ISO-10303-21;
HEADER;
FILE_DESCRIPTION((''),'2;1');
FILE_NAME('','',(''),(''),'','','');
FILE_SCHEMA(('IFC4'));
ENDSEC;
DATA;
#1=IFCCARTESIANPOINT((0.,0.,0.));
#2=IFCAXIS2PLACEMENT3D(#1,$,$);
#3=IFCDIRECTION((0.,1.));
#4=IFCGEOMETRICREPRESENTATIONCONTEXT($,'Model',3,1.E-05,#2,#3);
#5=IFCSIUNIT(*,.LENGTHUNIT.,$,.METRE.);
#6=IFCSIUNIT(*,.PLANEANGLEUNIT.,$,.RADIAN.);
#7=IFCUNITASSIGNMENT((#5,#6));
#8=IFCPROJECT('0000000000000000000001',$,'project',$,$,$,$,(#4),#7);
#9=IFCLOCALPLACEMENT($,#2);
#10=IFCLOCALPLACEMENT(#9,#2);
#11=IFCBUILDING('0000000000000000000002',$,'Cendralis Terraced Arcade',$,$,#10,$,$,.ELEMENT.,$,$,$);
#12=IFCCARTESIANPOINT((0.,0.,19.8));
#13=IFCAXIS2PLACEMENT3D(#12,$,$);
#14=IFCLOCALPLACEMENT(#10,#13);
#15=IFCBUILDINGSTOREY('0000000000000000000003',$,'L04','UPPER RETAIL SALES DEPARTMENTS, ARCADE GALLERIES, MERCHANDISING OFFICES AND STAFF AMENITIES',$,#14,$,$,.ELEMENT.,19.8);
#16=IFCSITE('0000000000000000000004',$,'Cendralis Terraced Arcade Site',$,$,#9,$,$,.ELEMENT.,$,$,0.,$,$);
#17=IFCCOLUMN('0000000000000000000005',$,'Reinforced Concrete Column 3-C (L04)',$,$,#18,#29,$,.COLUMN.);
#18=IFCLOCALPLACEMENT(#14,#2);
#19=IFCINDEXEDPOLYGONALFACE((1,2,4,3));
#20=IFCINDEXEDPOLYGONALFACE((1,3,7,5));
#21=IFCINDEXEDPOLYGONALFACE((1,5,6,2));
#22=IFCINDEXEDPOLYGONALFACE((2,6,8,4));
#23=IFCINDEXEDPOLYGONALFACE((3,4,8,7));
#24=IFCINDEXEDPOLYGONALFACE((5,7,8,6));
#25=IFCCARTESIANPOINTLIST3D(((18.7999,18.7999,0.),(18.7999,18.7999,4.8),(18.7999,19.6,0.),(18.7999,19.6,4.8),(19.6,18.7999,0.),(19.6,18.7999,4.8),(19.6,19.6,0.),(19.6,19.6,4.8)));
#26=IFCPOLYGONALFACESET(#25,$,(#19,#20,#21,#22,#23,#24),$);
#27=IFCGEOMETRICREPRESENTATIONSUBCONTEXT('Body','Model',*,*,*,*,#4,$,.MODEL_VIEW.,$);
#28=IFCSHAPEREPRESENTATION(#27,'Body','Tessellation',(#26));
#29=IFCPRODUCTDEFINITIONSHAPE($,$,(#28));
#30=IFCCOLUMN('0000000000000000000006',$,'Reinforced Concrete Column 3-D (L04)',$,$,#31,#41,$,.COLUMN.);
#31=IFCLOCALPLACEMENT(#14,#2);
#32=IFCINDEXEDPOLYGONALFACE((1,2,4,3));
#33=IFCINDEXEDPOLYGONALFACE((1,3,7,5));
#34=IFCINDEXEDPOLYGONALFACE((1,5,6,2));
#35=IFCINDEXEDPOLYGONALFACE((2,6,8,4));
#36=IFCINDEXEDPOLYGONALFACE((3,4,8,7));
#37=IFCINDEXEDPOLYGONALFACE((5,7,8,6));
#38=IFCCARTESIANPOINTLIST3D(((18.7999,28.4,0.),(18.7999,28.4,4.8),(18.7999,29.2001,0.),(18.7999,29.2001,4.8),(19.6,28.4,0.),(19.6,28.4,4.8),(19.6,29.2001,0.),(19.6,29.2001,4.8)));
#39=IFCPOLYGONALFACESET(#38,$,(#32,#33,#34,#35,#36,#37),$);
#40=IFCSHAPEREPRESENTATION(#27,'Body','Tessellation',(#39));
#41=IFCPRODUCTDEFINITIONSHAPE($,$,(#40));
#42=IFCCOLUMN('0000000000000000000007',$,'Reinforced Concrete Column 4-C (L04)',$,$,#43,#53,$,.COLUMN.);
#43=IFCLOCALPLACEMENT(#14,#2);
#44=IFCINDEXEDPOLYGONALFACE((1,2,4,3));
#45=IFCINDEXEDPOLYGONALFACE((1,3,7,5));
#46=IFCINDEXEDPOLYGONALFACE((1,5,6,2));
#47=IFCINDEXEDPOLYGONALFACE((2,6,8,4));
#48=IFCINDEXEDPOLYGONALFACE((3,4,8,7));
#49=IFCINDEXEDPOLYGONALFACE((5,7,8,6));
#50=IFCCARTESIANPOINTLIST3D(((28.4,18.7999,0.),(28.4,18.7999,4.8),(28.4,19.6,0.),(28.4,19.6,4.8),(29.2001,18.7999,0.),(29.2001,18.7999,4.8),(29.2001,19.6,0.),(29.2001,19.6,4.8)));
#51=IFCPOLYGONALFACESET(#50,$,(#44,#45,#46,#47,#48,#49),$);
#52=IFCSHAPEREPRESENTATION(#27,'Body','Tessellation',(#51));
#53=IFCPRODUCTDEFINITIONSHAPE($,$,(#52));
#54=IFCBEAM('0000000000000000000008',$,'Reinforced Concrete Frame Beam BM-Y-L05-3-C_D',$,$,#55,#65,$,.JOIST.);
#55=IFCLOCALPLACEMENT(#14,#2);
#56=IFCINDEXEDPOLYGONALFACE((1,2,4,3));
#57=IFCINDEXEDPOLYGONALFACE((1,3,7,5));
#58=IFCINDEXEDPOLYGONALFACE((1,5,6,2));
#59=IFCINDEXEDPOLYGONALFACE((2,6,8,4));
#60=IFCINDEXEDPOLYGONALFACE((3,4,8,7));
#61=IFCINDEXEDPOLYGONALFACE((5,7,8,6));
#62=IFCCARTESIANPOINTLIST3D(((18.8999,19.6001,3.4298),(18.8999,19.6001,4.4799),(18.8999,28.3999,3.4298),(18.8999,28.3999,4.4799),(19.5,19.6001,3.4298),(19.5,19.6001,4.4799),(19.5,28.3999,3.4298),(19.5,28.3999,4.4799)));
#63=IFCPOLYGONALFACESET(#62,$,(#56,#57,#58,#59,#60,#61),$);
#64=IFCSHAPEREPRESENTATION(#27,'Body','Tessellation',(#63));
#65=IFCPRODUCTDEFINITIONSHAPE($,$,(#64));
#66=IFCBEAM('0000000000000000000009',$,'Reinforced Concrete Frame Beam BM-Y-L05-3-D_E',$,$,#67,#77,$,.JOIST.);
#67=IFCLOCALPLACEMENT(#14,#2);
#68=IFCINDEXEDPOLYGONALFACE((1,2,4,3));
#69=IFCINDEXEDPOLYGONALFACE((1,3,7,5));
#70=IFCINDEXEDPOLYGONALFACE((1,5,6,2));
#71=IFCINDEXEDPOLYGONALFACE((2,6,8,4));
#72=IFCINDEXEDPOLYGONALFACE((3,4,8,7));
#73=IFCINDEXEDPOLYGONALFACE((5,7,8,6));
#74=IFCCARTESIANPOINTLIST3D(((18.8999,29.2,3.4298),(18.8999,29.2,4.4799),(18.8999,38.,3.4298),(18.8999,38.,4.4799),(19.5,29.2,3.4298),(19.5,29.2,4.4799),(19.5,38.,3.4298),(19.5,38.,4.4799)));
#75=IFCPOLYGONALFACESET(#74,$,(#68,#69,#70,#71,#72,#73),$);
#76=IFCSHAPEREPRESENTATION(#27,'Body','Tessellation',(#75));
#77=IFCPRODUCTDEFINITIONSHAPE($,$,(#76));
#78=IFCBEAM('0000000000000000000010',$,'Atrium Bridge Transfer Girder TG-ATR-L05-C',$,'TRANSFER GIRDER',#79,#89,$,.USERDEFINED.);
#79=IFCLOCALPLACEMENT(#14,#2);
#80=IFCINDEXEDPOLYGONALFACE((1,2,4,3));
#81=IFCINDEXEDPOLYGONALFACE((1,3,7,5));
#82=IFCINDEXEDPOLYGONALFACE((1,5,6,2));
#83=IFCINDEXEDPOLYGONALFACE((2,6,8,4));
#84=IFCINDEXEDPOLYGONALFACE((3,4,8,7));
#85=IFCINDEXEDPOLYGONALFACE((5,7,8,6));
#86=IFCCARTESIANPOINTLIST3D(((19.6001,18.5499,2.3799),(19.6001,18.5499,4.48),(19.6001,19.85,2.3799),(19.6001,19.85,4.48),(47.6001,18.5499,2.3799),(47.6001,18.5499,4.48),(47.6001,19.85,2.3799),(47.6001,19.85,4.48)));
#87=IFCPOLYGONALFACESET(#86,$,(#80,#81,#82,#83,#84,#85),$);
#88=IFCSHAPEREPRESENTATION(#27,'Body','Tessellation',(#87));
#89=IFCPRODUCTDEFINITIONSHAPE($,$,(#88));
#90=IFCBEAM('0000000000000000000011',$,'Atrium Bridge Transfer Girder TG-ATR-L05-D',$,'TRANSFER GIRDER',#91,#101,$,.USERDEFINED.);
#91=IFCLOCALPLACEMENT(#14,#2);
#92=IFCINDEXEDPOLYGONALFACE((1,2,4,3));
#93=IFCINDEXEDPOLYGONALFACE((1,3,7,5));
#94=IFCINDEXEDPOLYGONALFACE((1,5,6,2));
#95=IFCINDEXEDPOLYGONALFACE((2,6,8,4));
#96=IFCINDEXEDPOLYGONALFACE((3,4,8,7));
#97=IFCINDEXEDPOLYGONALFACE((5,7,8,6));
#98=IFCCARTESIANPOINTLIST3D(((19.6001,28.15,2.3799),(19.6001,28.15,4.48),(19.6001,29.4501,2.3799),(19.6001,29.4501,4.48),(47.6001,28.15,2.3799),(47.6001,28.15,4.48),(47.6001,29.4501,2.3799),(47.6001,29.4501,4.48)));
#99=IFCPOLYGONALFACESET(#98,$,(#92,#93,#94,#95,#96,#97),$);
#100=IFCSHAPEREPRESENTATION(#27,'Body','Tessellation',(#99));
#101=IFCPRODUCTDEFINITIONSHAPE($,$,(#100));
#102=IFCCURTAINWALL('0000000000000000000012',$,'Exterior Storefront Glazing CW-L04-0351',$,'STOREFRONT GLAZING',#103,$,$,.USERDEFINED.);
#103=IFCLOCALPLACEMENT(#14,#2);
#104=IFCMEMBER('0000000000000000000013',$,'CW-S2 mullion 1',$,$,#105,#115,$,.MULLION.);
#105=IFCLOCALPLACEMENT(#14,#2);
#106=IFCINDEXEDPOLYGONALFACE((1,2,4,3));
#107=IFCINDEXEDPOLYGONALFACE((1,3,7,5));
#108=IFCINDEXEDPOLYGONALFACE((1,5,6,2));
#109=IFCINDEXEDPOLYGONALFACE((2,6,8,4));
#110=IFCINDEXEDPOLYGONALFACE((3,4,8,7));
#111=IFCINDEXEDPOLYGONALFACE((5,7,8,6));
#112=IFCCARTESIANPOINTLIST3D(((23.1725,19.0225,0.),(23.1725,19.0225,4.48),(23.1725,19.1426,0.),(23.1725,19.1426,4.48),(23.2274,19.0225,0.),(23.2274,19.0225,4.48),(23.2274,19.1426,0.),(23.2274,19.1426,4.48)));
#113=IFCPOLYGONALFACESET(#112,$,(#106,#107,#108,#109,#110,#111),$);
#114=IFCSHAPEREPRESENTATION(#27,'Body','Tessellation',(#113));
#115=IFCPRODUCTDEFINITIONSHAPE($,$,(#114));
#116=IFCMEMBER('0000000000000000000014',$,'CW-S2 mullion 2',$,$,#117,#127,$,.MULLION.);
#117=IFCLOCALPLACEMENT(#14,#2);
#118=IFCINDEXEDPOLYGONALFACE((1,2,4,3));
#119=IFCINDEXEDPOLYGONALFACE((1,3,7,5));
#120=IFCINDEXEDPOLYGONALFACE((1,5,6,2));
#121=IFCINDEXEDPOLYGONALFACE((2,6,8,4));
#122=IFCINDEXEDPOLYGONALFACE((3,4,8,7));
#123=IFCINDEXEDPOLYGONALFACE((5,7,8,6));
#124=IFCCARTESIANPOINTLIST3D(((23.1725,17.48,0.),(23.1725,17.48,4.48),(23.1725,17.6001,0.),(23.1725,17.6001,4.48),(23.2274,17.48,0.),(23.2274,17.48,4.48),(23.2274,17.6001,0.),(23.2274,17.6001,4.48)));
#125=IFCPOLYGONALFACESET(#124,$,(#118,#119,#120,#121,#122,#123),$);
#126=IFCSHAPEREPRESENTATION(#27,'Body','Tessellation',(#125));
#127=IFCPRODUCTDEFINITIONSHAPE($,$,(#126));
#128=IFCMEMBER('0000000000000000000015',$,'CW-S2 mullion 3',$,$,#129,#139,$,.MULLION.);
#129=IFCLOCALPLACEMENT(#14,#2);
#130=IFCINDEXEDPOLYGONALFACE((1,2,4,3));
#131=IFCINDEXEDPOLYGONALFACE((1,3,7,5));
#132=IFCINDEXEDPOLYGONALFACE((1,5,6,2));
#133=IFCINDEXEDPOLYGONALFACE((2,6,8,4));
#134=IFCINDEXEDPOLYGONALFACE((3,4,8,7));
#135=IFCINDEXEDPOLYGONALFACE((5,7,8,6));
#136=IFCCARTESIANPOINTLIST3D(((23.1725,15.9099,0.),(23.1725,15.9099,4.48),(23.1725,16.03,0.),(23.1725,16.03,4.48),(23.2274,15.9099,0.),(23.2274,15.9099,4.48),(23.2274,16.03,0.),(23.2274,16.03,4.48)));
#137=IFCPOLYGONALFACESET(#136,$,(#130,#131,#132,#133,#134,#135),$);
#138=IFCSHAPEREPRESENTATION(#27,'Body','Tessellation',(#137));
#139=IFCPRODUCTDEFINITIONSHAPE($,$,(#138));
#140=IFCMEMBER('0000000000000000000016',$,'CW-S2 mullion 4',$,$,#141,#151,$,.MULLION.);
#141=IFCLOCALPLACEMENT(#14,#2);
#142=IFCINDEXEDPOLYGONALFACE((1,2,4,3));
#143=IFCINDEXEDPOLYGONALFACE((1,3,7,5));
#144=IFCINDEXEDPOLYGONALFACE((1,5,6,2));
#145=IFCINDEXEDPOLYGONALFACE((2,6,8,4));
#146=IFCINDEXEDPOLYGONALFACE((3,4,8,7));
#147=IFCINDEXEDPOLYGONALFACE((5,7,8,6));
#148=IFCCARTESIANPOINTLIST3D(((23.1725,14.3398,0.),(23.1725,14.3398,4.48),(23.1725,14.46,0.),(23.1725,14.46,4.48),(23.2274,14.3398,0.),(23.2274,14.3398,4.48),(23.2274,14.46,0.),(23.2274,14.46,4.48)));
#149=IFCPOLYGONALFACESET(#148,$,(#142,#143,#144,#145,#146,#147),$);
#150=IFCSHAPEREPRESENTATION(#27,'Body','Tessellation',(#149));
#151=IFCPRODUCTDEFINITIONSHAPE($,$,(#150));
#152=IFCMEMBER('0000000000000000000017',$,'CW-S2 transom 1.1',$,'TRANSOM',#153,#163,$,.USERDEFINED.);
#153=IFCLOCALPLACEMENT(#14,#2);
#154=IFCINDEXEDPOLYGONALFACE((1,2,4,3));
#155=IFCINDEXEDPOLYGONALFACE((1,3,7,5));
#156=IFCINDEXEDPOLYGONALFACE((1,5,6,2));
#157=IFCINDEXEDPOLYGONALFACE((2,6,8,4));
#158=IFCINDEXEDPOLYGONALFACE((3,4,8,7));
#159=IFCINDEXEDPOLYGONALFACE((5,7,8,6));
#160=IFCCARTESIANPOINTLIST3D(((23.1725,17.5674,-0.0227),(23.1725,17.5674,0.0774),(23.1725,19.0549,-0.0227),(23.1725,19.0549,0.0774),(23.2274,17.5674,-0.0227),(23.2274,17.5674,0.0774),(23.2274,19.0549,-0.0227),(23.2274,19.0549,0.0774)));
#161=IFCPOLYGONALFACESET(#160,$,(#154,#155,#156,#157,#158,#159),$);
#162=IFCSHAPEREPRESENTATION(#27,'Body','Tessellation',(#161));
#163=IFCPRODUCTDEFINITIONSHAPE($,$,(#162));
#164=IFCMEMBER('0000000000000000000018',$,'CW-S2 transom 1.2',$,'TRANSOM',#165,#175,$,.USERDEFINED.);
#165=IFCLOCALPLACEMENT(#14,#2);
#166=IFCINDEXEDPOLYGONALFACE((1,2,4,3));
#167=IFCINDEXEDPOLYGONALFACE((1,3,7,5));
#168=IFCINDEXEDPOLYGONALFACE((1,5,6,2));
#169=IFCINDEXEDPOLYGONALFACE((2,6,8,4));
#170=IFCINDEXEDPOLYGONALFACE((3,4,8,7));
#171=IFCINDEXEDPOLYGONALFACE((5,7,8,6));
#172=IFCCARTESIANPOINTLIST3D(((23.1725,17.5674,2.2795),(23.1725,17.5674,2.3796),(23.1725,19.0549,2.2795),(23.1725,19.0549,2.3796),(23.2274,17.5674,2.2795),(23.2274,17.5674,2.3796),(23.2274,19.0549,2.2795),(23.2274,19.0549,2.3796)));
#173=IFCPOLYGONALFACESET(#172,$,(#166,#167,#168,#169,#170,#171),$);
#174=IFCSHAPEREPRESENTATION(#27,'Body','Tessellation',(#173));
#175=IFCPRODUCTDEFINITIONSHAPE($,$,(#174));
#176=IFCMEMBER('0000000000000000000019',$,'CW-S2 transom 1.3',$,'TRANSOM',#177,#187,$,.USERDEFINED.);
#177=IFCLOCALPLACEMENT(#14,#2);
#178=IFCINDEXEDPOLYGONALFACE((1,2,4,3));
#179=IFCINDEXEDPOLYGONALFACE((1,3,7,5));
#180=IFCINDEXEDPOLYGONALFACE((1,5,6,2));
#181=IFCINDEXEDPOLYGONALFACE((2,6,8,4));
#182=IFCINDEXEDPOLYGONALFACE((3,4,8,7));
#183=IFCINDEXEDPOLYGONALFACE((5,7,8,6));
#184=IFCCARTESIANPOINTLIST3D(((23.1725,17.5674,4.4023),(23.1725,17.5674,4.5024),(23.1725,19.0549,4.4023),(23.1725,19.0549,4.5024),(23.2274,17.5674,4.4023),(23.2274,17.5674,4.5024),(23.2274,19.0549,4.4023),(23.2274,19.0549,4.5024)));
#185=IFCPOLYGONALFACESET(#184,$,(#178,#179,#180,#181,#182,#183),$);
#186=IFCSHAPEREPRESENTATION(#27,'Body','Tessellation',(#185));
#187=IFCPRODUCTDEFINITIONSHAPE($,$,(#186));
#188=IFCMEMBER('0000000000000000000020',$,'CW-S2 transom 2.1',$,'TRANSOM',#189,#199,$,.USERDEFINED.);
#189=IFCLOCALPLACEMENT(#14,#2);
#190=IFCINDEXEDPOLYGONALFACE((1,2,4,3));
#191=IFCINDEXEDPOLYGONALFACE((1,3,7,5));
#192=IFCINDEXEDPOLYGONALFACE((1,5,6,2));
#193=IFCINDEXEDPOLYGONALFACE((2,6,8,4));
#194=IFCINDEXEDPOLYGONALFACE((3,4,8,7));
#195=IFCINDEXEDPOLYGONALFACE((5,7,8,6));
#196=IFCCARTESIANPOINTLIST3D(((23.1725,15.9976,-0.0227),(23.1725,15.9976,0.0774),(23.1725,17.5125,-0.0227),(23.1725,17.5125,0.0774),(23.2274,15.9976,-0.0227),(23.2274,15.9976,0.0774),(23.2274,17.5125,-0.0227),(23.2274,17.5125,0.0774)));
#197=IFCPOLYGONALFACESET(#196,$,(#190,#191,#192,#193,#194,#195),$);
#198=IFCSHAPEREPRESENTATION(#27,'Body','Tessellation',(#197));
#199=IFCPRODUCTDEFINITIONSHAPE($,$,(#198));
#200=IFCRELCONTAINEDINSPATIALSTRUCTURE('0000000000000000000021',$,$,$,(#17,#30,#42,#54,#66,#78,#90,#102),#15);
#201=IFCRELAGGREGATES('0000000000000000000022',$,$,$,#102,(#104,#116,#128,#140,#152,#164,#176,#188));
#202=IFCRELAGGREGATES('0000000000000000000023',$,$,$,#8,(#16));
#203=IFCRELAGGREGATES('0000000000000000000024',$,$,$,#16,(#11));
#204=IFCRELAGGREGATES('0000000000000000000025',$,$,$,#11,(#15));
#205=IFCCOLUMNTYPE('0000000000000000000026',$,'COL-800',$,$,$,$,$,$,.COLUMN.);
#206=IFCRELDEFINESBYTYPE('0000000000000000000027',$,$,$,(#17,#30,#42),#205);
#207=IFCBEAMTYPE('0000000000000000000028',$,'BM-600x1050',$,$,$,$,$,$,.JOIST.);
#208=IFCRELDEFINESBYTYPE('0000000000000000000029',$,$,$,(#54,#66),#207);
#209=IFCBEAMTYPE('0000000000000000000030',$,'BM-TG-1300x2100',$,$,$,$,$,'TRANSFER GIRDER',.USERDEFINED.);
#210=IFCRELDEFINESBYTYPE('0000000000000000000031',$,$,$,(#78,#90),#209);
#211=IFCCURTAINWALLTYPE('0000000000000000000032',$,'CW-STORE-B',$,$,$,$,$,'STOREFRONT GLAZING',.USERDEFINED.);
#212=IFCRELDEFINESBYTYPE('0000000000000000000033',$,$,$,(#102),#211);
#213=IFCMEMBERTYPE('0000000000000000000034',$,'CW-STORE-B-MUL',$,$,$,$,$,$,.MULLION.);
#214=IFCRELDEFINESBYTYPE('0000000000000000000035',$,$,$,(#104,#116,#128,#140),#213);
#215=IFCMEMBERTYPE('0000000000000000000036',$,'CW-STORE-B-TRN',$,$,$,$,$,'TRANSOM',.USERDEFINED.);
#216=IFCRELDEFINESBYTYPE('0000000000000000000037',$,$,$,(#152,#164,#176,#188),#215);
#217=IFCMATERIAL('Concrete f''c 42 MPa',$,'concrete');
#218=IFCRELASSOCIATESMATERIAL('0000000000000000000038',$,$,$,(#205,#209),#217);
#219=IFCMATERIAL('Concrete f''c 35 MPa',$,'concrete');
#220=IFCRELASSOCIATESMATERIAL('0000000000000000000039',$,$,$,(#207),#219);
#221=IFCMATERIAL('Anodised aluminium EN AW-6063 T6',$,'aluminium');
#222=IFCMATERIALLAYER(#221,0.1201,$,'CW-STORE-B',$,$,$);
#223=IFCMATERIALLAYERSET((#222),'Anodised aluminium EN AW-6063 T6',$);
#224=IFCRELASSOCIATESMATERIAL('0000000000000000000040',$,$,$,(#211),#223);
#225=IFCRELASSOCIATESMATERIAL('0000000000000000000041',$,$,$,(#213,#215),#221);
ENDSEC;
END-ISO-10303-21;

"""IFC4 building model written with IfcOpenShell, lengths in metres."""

from ifc_helpers import new_model, si_unit, direction, frame, origin, origin_2d, place, context, subcontext, project, spatial, rectangle, extrude, material, layer, layer_set, material_profile, profile_set, type_object, element, aggregate, save


model = new_model("IFC4")

# Units and contexts
model_context = context("Model", 3, precision=1e-05, world=origin(), true_north=direction((0.0, 1.0)))
body_context = subcontext(model_context, "Body", "Model", "MODEL_VIEW")
ifc_project = project(units=[si_unit("LENGTHUNIT", "METRE"), si_unit("PLANEANGLEUNIT", "RADIAN")], contexts=[model_context])

# Site, building, storey
site_placement = place(None, origin())
site = spatial("IfcSite", under=ifc_project, at=site_placement, Name="Cendralis Terraced Arcade Site", CompositionType="ELEMENT", RefElevation=0.0)
building_placement = place(site_placement, origin())
building = spatial("IfcBuilding", under=site, at=building_placement, Name="Cendralis Terraced Arcade", CompositionType="ELEMENT")
storey_placement = place(building_placement, frame((0.0, 0.0, 19.8)))
storey = spatial("IfcBuildingStorey", under=building, at=storey_placement, Name="L04", Description="UPPER RETAIL SALES DEPARTMENTS, ARCADE GALLERIES, MERCHANDISING OFFICES AND STAFF AMENITIES", CompositionType="ELEMENT", Elevation=19.8)

# Columns
ifc_material_1 = material(Name="Concrete f'c 42 MPa", Category="concrete")
ifc_material_profile_1 = material_profile(ifc_material_1, rectangle(XDim=0.8, YDim=0.8, at=origin_2d()), Name="RC-COL-800x800", Category="LoadBearing")
ifc_profile_set_1 = profile_set([ifc_material_profile_1], Name="Concrete f'c 42 MPa")
column_type = type_object("IfcColumnType", Name="COL-800", PredefinedType="COLUMN", material=ifc_profile_set_1)
for number, where, z_axis, x_axis, name in (
    (1, (19.2, 19.2, 0.0), (0.0, 0.0, 1.0), (1.0, 0.0, 0.0), "Reinforced Concrete Column 3-C (L04)"),
    (2, (19.2, 28.8, 0.0), (0.0, 0.0, 1.0), (1.0, 0.0, 0.0), "Reinforced Concrete Column 3-D (L04)"),
    (3, (28.8, 19.2, 0.0), (0.0, 0.0, 1.0), (1.0, 0.0, 0.0), "Reinforced Concrete Column 4-C (L04)"),
):
    element("IfcColumn", number, at=place(storey_placement, frame(where, z_axis=z_axis, x_axis=x_axis)), inside=storey, type_object=column_type, Name=name, PredefinedType="COLUMN", context=body_context, shape_type="SweptSolid", body=[
        extrude(rectangle(XDim=0.8, YDim=0.8, at=origin_2d()), origin(), (0.0, 0.0, 1.0), 4.8),
    ])

# Beams
ifc_material_2 = material(Name="Concrete f'c 35 MPa", Category="concrete")
ifc_material_profile_2 = material_profile(ifc_material_2, rectangle(XDim=0.6001, YDim=1.05, at=origin_2d()), Name="RC-BM-600x1050", Category="LoadBearing")
ifc_profile_set_2 = profile_set([ifc_material_profile_2], Name="Concrete f'c 35 MPa")
beam_type_1 = type_object("IfcBeamType", Name="BM-600x1050", PredefinedType="JOIST", material=ifc_profile_set_2)
beam_1_placement = place(storey_placement, frame((19.2, 19.6001, 3.9548), z_axis=(0.0, 1.0, 0.0), x_axis=(-1.0, 0.0, 0.0)))
element("IfcBeam", 4, at=beam_1_placement, inside=storey, type_object=beam_type_1, Name="Reinforced Concrete Frame Beam BM-Y-L05-3-C_D", PredefinedType="JOIST", context=body_context, shape_type="SweptSolid", body=[
    extrude(rectangle(XDim=0.6001, YDim=1.05, at=origin_2d()), origin(), (0.0, 0.0, 1.0), 8.7998),
])
beam_2_placement = place(storey_placement, frame((19.2, 29.2, 3.9548), z_axis=(0.0, 1.0, 0.0), x_axis=(-1.0, 0.0, 0.0)))
element("IfcBeam", 5, at=beam_2_placement, inside=storey, type_object=beam_type_1, Name="Reinforced Concrete Frame Beam BM-Y-L05-3-D_E", PredefinedType="JOIST", context=body_context, shape_type="SweptSolid", body=[
    extrude(rectangle(XDim=0.6001, YDim=1.05, at=origin_2d()), origin(), (0.0, 0.0, 1.0), 8.8),
])
ifc_material_profile_3 = material_profile(ifc_material_1, rectangle(XDim=1.3, YDim=2.1001, at=origin_2d()), Name="RC-TG-1300x2100", Category="LoadBearing")
ifc_profile_set_3 = profile_set([ifc_material_profile_3], Name="Concrete f'c 42 MPa")
beam_type_2 = type_object("IfcBeamType", Name="BM-TG-1300x2100", ElementType="TRANSFER GIRDER", PredefinedType="USERDEFINED", material=ifc_profile_set_3)
for number, where, z_axis, x_axis, name in (
    (6, (19.6001, 19.2, 3.4299), (1.0, 0.0, 0.0), (0.0, 1.0, 0.0), "Atrium Bridge Transfer Girder TG-ATR-L05-C"),
    (7, (19.6001, 28.8, 3.4299), (1.0, 0.0, 0.0), (0.0, 1.0, 0.0), "Atrium Bridge Transfer Girder TG-ATR-L05-D"),
):
    element("IfcBeam", number, at=place(storey_placement, frame(where, z_axis=z_axis, x_axis=x_axis)), inside=storey, type_object=beam_type_2, Name=name, ObjectType="TRANSFER GIRDER", PredefinedType="USERDEFINED", context=body_context, shape_type="SweptSolid", body=[
        extrude(rectangle(XDim=1.3, YDim=2.1001, at=origin_2d()), origin(), (0.0, 0.0, 1.0), 28.0),
    ])

# Curtain wall, members
ifc_material_3 = material(Name="Anodised aluminium EN AW-6063 T6", Category="aluminium")
ifc_layer_1 = layer(ifc_material_3, 0.1201, Name="CW-STORE-B")
ifc_layer_set_1 = layer_set([ifc_layer_1], Name="Anodised aluminium EN AW-6063 T6")
curtain_wall_type = type_object("IfcCurtainWallType", Name="CW-STORE-B", ElementType="STOREFRONT GLAZING", PredefinedType="USERDEFINED", material=ifc_layer_set_1)
curtain_wall_placement = place(storey_placement, origin())
curtain_wall = element("IfcCurtainWall", 8, at=curtain_wall_placement, inside=storey, type_object=curtain_wall_type, Name="Exterior Storefront Glazing CW-L04-0351", ObjectType="STOREFRONT GLAZING", PredefinedType="USERDEFINED")
ifc_material_profile_4 = material_profile(ifc_material_3, rectangle(XDim=0.0549, YDim=0.1201, at=origin_2d()), Name="ALU-MUL-55x120")
ifc_profile_set_4 = profile_set([ifc_material_profile_4], Name="Anodised aluminium EN AW-6063 T6")
member_type_1 = type_object("IfcMemberType", Name="CW-STORE-B-MUL", PredefinedType="MULLION", material=ifc_profile_set_4)
member_1_placement = place(storey_placement, frame((23.2, 19.0825, 0.0), z_axis=(0.0, 0.0, 1.0), x_axis=(1.0, 0.0, 0.0)))
member_1 = element("IfcMember", 9, at=member_1_placement, type_object=member_type_1, Name="CW-S2 mullion 1", PredefinedType="MULLION", context=body_context, shape_type="SweptSolid", body=[
    extrude(rectangle(XDim=0.0549, YDim=0.1201, at=origin_2d()), origin(), (0.0, 0.0, 1.0), 4.48),
])
member_2_placement = place(storey_placement, frame((23.2, 17.54, 0.0), z_axis=(0.0, 0.0, 1.0), x_axis=(1.0, 0.0, 0.0)))
member_2 = element("IfcMember", 10, at=member_2_placement, type_object=member_type_1, Name="CW-S2 mullion 2", PredefinedType="MULLION", context=body_context, shape_type="SweptSolid", body=[
    extrude(rectangle(XDim=0.0549, YDim=0.1201, at=origin_2d()), origin(), (0.0, 0.0, 1.0), 4.48),
])
member_3_placement = place(storey_placement, frame((23.2, 15.97, 0.0), z_axis=(0.0, 0.0, 1.0), x_axis=(1.0, 0.0, 0.0)))
member_3 = element("IfcMember", 11, at=member_3_placement, type_object=member_type_1, Name="CW-S2 mullion 3", PredefinedType="MULLION", context=body_context, shape_type="SweptSolid", body=[
    extrude(rectangle(XDim=0.0549, YDim=0.1201, at=origin_2d()), origin(), (0.0, 0.0, 1.0), 4.48),
])
member_4_placement = place(storey_placement, frame((23.2, 14.3999, 0.0), z_axis=(0.0, 0.0, 1.0), x_axis=(1.0, 0.0, 0.0)))
member_4 = element("IfcMember", 12, at=member_4_placement, type_object=member_type_1, Name="CW-S2 mullion 4", PredefinedType="MULLION", context=body_context, shape_type="SweptSolid", body=[
    extrude(rectangle(XDim=0.0549, YDim=0.1201, at=origin_2d()), origin(), (0.0, 0.0, 1.0), 4.48),
])
ifc_material_profile_5 = material_profile(ifc_material_3, rectangle(XDim=0.0549, YDim=0.1001, at=origin_2d()), Name="ALU-TRN-55x100")
ifc_profile_set_5 = profile_set([ifc_material_profile_5], Name="Anodised aluminium EN AW-6063 T6")
member_type_2 = type_object("IfcMemberType", Name="CW-STORE-B-TRN", ElementType="TRANSOM", PredefinedType="USERDEFINED", material=ifc_profile_set_5)
member_5_placement = place(storey_placement, frame((23.2, 19.0549, 0.0273), z_axis=(0.0, -1.0, 0.0), x_axis=(1.0, 0.0, 0.0)))
member_5 = element("IfcMember", 13, at=member_5_placement, type_object=member_type_2, Name="CW-S2 transom 1.1", ObjectType="TRANSOM", PredefinedType="USERDEFINED", context=body_context, shape_type="SweptSolid", body=[
    extrude(rectangle(XDim=0.0549, YDim=0.1001, at=origin_2d()), origin(), (0.0, 0.0, 1.0), 1.4875),
])
member_6_placement = place(storey_placement, frame((23.2, 19.0549, 2.3296), z_axis=(0.0, -1.0, 0.0), x_axis=(1.0, 0.0, 0.0)))
member_6 = element("IfcMember", 14, at=member_6_placement, type_object=member_type_2, Name="CW-S2 transom 1.2", ObjectType="TRANSOM", PredefinedType="USERDEFINED", context=body_context, shape_type="SweptSolid", body=[
    extrude(rectangle(XDim=0.0549, YDim=0.1001, at=origin_2d()), origin(), (0.0, 0.0, 1.0), 1.4875),
])
member_7_placement = place(storey_placement, frame((23.2, 19.0549, 4.4524), z_axis=(0.0, -1.0, 0.0), x_axis=(1.0, 0.0, 0.0)))
member_7 = element("IfcMember", 15, at=member_7_placement, type_object=member_type_2, Name="CW-S2 transom 1.3", ObjectType="TRANSOM", PredefinedType="USERDEFINED", context=body_context, shape_type="SweptSolid", body=[
    extrude(rectangle(XDim=0.0549, YDim=0.1001, at=origin_2d()), origin(), (0.0, 0.0, 1.0), 1.4875),
])
member_8_placement = place(storey_placement, frame((23.2, 17.5125, 0.0273), z_axis=(0.0, -1.0, 0.0), x_axis=(1.0, 0.0, 0.0)))
member_8 = element("IfcMember", 16, at=member_8_placement, type_object=member_type_2, Name="CW-S2 transom 2.1", ObjectType="TRANSOM", PredefinedType="USERDEFINED", context=body_context, shape_type="SweptSolid", body=[
    extrude(rectangle(XDim=0.0549, YDim=0.1001, at=origin_2d()), origin(), (0.0, 0.0, 1.0), 1.5149),
])
aggregate(curtain_wall, [member_1, member_2, member_3, member_4, member_5, member_6, member_7, member_8])

save(model, "model.ifc")
